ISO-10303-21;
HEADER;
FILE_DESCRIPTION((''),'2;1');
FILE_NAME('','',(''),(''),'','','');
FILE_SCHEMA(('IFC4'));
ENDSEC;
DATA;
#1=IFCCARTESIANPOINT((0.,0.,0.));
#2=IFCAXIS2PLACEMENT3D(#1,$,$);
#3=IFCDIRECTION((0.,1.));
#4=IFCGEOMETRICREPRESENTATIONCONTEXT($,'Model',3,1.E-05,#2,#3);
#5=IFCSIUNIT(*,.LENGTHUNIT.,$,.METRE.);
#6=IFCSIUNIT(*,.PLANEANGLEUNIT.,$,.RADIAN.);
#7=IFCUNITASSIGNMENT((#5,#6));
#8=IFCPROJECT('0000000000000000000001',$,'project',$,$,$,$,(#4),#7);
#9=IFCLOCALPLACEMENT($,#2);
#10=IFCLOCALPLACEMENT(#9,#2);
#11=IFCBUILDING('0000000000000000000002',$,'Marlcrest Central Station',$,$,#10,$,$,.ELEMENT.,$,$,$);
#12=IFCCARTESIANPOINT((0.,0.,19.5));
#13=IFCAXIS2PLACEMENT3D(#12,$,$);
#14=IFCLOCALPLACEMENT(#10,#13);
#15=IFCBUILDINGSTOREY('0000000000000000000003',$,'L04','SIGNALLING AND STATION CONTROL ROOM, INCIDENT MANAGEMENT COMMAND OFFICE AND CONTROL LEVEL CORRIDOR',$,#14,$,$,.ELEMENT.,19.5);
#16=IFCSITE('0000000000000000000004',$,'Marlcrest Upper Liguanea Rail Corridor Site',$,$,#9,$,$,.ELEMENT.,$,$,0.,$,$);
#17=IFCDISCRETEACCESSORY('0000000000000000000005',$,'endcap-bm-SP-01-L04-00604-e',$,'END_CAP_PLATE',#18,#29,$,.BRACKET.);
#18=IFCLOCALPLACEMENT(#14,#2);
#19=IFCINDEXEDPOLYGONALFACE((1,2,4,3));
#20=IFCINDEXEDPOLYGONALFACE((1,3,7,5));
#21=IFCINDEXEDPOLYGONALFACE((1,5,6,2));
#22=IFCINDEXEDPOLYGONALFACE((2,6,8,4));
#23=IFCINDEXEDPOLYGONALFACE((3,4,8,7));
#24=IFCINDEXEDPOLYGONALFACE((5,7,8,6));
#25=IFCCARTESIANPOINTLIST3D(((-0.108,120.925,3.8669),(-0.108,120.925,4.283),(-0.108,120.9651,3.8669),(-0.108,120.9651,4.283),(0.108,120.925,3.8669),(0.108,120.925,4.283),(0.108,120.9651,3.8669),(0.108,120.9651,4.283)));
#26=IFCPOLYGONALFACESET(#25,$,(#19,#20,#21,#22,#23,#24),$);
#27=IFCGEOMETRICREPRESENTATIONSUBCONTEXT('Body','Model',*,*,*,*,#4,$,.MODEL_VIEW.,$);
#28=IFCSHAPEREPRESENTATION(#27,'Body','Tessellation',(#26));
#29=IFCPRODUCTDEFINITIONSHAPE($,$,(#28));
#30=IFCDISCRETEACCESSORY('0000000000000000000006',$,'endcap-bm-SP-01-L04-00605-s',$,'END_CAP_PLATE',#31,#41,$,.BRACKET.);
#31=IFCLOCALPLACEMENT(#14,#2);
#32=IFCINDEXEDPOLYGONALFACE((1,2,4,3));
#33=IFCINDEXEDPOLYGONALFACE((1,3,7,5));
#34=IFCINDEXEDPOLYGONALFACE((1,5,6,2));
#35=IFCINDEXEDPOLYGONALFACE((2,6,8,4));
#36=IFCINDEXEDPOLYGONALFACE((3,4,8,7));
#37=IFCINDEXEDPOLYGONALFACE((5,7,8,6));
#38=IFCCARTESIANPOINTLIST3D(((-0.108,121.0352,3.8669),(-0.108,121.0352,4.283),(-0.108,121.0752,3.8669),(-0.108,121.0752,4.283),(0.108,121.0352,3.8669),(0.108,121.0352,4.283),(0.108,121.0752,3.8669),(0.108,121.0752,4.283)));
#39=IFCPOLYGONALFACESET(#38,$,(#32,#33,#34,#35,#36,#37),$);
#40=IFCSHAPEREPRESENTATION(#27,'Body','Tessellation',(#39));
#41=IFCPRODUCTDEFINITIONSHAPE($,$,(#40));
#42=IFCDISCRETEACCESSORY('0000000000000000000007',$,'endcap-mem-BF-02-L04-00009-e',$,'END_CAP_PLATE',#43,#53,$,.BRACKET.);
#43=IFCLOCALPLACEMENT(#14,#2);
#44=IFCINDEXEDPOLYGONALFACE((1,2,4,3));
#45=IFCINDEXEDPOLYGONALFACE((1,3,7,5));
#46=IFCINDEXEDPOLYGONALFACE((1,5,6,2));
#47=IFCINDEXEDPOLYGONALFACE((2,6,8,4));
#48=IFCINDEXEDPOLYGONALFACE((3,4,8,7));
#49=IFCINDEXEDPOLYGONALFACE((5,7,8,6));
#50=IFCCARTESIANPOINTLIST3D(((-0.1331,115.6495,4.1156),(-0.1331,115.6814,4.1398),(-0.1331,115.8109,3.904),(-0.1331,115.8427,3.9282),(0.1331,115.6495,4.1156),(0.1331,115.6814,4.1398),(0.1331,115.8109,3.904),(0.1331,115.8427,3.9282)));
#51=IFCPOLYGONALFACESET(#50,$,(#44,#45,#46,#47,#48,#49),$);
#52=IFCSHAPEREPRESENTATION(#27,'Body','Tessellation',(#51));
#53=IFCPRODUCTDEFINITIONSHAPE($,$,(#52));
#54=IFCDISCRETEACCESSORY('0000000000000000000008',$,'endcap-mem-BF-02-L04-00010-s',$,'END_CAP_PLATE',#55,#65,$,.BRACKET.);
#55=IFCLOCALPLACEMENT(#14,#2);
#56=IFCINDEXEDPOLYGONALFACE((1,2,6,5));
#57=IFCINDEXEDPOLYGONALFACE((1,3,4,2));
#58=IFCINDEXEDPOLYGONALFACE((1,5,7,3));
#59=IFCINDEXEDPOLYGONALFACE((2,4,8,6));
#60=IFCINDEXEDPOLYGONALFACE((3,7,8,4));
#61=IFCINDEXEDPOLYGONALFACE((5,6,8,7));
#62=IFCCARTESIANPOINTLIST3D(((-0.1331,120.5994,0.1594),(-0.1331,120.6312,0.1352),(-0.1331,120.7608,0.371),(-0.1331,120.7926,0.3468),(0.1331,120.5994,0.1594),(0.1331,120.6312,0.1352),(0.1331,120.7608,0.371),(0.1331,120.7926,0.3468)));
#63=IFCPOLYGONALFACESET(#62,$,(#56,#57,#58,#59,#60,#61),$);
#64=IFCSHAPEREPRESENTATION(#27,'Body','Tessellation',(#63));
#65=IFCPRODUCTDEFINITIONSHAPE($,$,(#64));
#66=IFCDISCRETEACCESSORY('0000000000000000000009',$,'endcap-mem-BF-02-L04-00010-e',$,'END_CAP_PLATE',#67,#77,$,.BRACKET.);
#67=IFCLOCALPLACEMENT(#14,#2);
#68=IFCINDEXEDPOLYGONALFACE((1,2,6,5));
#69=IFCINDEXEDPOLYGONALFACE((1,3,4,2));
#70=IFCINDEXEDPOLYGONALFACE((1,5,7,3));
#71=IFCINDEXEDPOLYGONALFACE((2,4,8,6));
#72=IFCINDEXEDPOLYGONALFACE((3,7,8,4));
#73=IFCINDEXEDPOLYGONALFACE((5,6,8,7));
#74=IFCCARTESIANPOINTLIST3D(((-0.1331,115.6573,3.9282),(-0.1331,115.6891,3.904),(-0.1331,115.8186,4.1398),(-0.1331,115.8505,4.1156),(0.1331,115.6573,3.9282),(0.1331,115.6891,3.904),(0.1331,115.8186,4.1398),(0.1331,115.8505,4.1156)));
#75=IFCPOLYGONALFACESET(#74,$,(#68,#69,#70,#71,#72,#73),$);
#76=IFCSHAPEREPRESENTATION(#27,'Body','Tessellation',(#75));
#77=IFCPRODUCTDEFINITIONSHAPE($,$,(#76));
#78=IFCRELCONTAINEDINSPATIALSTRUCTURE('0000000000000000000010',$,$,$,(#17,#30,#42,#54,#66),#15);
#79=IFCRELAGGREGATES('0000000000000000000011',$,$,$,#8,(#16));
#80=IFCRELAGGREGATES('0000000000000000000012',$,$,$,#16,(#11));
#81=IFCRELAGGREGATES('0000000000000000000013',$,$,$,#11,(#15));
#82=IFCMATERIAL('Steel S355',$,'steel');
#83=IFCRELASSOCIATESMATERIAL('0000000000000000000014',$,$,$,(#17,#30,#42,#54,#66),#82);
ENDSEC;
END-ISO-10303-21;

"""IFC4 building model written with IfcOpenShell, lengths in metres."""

from ifc_helpers import new_model, si_unit, direction, frame, origin, origin_2d, place, context, subcontext, project, spatial, rectangle, extrude, material, element, save


model = new_model("IFC4")

# Units and contexts
model_context = context("Model", 3, precision=1e-05, world=origin(), true_north=direction((0.0, 1.0)))
body_context = subcontext(model_context, "Body", "Model", "MODEL_VIEW")
ifc_project = project(units=[si_unit("LENGTHUNIT", "METRE"), si_unit("PLANEANGLEUNIT", "RADIAN")], contexts=[model_context])

# Site, building, storey
site_placement = place(None, origin())
site = spatial("IfcSite", under=ifc_project, at=site_placement, Name="Marlcrest Upper Liguanea Rail Corridor Site", CompositionType="ELEMENT", RefElevation=0.0)
building_placement = place(site_placement, origin())
building = spatial("IfcBuilding", under=site, at=building_placement, Name="Marlcrest Central Station", CompositionType="ELEMENT")
storey_placement = place(building_placement, frame((0.0, 0.0, 19.5)))
storey = spatial("IfcBuildingStorey", under=building, at=storey_placement, Name="L04", Description="SIGNALLING AND STATION CONTROL ROOM, INCIDENT MANAGEMENT COMMAND OFFICE AND CONTROL LEVEL CORRIDOR", CompositionType="ELEMENT", Elevation=19.5)

# Shared definitions
ifc_material_1 = material(Name="Steel S355", Category="steel")

# Discrete accessories
for number, where, z_axis, x_axis, name in (
    (1, (0.0, 120.925, 4.075), (0.0, 1.0, 0.0), (-1.0, 0.0, 0.0), "endcap-bm-SP-01-L04-00604-e"),
    (2, (0.0, 121.0352, 4.075), (0.0, 1.0, 0.0), (-1.0, 0.0, 0.0), "endcap-bm-SP-01-L04-00605-s"),
):
    element("IfcDiscreteAccessory", number, at=place(storey_placement, frame(where, z_axis=z_axis, x_axis=x_axis)), inside=storey, material=ifc_material_1, Name=name, ObjectType="END_CAP_PLATE", PredefinedType="BRACKET", context=body_context, shape_type="SweptSolid", body=[
        extrude(rectangle(XDim=0.2161, YDim=0.416, at=origin_2d()), origin(), (0.0, 0.0, 1.0), 0.04),
    ])
for number, where, z_axis, x_axis, name in (
    (3, (0.0, 115.7302, 4.0098), (0.0, 0.79516, 0.6064), (-1.0, 0.0, 0.0), "endcap-mem-BF-02-L04-00009-e"),
    (4, (0.0, 120.7119, 0.241), (0.0, -0.79516, 0.6064), (1.0, 0.0, 0.0), "endcap-mem-BF-02-L04-00010-s"),
    (5, (0.0, 115.7698, 4.0098), (0.0, -0.79516, 0.6064), (1.0, 0.0, 0.0), "endcap-mem-BF-02-L04-00010-e"),
):
    element("IfcDiscreteAccessory", number, at=place(storey_placement, frame(where, z_axis=z_axis, x_axis=x_axis)), inside=storey, material=ifc_material_1, Name=name, ObjectType="END_CAP_PLATE", PredefinedType="BRACKET", context=body_context, shape_type="SweptSolid", body=[
        extrude(rectangle(XDim=0.2661, YDim=0.2661, at=origin_2d()), origin(), (0.0, 0.0, 1.0), 0.04),
    ])

save(model, "model.ifc")
